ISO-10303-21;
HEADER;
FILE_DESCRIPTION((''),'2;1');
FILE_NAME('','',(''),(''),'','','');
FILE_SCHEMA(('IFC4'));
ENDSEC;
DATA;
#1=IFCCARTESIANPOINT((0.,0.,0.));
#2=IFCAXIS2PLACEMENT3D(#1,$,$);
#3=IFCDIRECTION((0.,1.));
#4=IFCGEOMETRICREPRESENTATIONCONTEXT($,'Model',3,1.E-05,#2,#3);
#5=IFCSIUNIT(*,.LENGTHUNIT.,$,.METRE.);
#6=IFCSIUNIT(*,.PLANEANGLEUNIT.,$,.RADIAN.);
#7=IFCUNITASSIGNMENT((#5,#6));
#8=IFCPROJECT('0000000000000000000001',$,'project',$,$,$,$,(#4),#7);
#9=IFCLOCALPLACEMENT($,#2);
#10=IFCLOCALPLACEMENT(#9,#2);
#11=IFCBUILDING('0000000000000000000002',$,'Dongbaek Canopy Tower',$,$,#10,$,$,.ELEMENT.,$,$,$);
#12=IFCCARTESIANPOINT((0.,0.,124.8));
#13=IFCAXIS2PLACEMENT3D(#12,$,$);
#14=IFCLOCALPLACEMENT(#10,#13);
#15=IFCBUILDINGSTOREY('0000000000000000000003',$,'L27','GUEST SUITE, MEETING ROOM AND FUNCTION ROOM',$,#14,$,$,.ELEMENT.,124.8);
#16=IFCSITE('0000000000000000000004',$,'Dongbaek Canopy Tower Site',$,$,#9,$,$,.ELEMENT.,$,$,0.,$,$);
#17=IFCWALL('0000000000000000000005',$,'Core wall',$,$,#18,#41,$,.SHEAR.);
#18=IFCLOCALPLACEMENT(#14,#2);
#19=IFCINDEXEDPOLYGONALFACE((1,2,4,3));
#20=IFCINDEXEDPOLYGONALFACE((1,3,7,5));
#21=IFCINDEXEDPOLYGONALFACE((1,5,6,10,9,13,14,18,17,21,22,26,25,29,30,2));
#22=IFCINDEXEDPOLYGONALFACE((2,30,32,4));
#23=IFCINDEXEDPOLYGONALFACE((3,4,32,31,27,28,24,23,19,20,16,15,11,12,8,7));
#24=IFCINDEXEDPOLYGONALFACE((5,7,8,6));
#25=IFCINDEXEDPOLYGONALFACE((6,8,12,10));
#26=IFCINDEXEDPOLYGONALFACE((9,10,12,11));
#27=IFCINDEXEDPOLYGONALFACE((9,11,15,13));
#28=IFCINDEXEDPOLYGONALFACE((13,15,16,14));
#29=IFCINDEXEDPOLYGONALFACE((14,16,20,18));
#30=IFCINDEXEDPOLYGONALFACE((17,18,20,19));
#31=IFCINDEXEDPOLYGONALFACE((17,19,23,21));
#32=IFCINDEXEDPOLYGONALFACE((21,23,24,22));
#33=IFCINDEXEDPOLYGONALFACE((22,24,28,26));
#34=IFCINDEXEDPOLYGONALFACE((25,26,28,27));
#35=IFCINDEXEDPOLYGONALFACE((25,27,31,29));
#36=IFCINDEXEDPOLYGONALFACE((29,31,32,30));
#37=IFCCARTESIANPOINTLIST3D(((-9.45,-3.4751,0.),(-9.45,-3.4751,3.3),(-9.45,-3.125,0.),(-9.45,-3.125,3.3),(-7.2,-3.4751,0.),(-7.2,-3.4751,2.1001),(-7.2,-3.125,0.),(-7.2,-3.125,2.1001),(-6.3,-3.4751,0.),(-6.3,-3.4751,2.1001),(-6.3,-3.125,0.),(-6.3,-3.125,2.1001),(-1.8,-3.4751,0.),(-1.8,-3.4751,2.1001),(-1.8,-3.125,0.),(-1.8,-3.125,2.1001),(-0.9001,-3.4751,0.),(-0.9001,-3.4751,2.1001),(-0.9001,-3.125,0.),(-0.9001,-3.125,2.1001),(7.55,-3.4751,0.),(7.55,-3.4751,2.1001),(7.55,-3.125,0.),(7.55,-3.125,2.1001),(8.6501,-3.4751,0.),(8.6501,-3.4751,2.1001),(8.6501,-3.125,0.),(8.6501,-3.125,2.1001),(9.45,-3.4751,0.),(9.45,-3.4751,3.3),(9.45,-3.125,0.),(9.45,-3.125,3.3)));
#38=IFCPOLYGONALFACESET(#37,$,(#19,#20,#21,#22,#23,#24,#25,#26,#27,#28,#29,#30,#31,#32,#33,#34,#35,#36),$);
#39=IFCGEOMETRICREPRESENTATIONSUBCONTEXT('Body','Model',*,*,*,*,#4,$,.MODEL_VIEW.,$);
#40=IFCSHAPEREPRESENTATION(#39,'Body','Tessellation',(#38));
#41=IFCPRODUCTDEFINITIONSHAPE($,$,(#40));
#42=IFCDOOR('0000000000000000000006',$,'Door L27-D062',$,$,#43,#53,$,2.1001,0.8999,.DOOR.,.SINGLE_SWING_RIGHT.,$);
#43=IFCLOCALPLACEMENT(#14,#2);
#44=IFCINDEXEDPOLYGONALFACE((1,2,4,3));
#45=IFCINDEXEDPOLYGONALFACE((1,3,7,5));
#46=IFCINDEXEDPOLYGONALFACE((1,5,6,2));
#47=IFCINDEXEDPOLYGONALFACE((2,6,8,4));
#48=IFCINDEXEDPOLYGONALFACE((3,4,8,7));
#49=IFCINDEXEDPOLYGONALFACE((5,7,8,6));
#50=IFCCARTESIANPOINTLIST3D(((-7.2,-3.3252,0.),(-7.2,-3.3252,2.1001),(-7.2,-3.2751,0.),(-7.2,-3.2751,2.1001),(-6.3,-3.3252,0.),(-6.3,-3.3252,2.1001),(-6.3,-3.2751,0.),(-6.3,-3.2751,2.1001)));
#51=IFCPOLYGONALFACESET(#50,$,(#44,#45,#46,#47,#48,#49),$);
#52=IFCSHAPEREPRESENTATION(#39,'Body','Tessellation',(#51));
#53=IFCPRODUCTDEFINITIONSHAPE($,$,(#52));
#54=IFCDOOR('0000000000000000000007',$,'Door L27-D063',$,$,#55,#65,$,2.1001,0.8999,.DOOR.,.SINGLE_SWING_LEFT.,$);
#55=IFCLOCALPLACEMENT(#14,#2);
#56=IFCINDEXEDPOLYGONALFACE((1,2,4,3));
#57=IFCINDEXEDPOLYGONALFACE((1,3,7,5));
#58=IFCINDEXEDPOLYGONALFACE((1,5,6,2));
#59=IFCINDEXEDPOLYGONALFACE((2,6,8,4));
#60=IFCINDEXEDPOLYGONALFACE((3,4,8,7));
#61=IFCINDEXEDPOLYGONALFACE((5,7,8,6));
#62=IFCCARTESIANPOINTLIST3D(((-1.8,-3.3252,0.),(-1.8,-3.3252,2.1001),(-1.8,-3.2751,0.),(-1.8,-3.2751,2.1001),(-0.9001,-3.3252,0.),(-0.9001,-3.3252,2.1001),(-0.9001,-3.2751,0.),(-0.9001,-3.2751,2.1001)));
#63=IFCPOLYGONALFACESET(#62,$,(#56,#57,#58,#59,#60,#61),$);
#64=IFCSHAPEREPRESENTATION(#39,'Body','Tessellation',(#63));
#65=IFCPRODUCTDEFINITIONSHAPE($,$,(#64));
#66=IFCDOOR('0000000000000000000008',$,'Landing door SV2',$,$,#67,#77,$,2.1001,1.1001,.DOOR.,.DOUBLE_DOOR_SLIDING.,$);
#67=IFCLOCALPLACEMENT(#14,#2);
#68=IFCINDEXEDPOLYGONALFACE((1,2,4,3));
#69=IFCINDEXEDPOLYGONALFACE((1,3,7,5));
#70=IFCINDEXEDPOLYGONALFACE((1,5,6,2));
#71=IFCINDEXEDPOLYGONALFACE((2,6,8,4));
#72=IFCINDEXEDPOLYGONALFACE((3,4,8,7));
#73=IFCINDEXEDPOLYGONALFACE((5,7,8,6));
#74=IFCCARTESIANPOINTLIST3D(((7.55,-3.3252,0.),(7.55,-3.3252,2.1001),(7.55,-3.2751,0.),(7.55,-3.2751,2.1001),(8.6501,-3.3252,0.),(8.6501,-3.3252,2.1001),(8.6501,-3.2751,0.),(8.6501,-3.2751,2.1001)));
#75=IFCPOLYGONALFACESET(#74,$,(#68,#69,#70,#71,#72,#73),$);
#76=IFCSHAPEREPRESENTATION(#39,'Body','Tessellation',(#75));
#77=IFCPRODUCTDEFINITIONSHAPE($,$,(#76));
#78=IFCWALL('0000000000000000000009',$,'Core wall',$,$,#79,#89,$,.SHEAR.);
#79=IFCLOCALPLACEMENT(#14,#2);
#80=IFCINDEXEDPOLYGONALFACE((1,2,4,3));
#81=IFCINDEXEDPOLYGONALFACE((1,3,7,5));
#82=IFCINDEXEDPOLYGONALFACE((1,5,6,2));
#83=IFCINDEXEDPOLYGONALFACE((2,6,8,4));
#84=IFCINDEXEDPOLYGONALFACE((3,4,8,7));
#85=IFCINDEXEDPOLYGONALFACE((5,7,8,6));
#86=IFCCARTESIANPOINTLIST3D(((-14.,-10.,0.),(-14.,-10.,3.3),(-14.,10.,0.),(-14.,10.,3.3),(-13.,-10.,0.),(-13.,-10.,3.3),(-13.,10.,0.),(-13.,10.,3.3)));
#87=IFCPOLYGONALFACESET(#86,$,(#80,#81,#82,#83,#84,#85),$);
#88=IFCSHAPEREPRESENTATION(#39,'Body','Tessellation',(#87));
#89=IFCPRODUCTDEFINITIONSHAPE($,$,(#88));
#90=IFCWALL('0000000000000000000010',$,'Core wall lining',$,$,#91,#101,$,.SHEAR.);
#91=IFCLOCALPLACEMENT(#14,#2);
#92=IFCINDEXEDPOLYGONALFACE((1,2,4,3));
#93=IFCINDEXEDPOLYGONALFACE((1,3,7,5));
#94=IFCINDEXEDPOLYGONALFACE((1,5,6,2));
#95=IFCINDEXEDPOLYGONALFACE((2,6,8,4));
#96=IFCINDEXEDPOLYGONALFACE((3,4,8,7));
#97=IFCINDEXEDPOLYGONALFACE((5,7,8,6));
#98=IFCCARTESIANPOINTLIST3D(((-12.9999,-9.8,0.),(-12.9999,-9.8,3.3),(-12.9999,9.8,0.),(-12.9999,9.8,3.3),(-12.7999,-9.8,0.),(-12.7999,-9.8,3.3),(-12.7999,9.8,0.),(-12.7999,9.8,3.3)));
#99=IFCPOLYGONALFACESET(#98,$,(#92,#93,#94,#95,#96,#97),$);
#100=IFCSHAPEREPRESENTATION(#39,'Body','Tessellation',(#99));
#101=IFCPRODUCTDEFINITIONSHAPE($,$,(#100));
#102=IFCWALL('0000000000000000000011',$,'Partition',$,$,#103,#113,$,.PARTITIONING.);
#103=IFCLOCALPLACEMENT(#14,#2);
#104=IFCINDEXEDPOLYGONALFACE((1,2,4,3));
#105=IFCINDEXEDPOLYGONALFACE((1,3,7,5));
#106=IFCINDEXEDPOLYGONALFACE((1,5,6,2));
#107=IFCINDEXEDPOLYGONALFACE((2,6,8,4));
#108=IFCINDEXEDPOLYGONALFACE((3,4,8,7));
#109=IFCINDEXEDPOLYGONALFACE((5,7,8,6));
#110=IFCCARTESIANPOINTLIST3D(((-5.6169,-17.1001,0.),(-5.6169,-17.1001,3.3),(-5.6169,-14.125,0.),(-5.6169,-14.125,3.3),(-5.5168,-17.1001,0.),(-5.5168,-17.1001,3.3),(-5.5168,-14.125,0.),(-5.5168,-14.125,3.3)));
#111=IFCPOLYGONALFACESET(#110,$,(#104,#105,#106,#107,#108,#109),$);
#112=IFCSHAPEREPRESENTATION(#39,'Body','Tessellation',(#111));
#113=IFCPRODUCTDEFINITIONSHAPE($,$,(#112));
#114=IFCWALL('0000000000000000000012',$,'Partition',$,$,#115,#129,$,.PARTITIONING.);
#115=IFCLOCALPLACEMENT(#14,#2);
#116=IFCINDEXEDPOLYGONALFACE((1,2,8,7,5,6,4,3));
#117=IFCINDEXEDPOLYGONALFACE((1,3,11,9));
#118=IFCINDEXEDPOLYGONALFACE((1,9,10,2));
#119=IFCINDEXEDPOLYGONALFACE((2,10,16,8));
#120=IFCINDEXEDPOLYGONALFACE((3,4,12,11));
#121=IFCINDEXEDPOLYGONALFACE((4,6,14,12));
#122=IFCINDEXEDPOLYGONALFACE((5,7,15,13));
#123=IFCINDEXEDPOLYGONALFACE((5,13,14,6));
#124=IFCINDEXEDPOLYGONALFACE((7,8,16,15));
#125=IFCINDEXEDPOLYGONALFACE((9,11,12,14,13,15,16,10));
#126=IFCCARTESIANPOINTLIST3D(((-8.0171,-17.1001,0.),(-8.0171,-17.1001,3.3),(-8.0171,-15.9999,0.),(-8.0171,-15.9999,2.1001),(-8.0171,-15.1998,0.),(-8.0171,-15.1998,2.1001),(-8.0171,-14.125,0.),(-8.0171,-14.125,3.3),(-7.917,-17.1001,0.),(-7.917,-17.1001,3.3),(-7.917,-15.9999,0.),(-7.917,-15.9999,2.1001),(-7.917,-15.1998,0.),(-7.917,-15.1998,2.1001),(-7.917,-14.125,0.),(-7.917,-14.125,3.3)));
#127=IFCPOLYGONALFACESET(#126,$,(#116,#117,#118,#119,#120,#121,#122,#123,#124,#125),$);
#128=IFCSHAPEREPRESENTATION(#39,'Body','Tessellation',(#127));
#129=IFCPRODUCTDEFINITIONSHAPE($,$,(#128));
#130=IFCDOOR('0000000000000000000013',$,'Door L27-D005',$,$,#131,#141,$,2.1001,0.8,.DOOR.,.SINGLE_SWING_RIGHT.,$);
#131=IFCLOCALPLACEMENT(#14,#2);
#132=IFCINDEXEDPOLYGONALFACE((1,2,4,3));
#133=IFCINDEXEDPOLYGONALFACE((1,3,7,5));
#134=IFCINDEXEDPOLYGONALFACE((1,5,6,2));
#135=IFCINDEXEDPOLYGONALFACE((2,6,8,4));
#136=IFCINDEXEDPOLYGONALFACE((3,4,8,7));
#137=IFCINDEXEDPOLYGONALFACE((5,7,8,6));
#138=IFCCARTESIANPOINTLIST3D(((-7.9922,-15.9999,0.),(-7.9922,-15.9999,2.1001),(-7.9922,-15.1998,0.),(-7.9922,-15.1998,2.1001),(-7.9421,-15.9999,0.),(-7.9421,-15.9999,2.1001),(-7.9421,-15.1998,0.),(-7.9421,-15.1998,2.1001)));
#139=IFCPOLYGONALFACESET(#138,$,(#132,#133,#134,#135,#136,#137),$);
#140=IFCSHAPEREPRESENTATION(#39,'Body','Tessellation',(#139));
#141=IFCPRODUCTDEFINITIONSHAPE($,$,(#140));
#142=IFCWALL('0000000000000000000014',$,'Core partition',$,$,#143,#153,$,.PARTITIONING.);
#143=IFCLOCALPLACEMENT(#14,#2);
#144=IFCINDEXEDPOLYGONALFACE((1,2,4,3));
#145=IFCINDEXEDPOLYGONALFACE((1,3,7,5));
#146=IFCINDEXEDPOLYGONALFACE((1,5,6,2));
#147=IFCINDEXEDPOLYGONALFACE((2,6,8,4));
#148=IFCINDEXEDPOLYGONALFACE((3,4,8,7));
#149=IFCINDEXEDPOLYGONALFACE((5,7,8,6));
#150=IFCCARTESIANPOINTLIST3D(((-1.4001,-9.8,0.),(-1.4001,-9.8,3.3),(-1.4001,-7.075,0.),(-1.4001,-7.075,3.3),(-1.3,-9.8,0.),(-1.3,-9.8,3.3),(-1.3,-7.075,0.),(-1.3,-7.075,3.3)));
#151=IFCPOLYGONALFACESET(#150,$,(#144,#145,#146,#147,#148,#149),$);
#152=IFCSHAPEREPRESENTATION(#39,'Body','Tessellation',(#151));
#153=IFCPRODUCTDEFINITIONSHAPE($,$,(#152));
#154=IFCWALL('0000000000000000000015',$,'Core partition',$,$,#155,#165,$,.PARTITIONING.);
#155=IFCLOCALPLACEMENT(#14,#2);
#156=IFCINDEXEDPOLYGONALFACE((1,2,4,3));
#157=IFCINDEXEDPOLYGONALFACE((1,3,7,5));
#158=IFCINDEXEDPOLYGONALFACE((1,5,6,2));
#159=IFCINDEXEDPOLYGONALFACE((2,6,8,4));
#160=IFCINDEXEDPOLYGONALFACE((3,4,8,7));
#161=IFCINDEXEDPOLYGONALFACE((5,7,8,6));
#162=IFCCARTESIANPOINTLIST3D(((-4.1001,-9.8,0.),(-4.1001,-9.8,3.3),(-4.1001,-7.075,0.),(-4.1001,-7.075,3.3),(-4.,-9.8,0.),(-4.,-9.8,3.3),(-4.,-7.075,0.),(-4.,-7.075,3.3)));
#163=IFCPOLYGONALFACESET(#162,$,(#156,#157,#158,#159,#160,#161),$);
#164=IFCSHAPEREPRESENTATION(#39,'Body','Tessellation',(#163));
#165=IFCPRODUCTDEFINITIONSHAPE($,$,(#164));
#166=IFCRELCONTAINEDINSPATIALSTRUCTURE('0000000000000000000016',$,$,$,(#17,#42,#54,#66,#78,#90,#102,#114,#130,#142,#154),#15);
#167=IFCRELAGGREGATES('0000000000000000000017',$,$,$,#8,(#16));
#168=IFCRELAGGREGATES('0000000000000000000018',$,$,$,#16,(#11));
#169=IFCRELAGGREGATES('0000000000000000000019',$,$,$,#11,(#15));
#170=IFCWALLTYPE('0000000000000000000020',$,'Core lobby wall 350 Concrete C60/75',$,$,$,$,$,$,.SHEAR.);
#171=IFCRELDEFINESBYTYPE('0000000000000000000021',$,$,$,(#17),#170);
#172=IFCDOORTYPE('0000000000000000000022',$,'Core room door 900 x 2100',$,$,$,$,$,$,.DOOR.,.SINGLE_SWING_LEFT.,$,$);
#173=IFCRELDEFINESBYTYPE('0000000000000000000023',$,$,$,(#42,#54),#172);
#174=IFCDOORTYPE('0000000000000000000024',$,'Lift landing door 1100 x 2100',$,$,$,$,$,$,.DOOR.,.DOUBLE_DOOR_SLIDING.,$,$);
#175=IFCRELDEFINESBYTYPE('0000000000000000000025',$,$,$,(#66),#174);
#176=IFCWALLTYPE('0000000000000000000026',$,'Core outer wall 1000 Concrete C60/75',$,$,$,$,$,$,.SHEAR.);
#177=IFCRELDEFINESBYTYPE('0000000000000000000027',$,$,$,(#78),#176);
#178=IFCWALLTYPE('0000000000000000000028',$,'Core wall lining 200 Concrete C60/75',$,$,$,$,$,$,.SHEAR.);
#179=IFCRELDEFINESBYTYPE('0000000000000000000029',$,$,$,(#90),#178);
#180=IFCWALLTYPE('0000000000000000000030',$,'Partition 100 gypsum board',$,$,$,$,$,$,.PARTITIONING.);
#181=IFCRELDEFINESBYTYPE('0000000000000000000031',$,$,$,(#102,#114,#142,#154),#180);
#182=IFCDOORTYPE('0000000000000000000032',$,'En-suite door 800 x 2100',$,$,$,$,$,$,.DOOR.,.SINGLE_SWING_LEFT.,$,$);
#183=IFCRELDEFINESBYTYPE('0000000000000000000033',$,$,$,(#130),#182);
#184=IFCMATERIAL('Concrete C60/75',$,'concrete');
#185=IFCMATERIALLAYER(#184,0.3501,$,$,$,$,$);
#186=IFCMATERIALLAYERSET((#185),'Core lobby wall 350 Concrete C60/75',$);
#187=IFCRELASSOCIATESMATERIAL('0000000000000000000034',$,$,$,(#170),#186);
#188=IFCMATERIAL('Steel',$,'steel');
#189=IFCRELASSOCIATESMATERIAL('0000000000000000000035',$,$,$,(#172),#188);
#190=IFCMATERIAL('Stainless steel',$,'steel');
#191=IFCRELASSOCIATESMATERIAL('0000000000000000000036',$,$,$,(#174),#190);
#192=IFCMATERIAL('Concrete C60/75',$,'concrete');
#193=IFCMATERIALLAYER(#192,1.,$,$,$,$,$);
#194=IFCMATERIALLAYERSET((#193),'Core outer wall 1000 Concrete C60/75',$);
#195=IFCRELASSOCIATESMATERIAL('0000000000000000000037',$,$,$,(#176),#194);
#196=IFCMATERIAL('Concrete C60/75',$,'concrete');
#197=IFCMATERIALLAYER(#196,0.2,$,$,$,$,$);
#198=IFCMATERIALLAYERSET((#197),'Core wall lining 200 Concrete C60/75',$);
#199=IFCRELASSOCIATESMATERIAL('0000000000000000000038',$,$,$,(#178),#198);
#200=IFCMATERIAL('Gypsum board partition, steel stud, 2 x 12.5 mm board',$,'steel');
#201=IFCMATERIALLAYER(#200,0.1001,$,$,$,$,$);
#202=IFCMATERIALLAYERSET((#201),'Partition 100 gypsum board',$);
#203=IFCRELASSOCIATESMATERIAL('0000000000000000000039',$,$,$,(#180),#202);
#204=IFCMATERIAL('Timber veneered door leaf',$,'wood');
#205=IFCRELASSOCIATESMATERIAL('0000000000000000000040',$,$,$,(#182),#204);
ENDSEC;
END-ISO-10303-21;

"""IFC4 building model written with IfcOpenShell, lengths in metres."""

from ifc_helpers import new_model, si_unit, direction, frame, frame_2d, origin, place, context, subcontext, project, spatial, rectangle, extrude, material, layer, layer_set, type_object, element, fill, save


model = new_model("IFC4")

# Units and contexts
model_context = context("Model", 3, precision=1e-05, world=origin(), true_north=direction((0.0, 1.0)))
body_context = subcontext(model_context, "Body", "Model", "MODEL_VIEW")
ifc_project = project(units=[si_unit("LENGTHUNIT", "METRE"), si_unit("PLANEANGLEUNIT", "RADIAN")], contexts=[model_context])

# Site, building, storey
site_placement = place(None, origin())
site = spatial("IfcSite", under=ifc_project, at=site_placement, Name="Dongbaek Canopy Tower Site", CompositionType="ELEMENT", RefElevation=0.0)
building_placement = place(site_placement, origin())
building = spatial("IfcBuilding", under=site, at=building_placement, Name="Dongbaek Canopy Tower", CompositionType="ELEMENT")
storey_placement = place(building_placement, frame((0.0, 0.0, 124.8)))
storey = spatial("IfcBuildingStorey", under=building, at=storey_placement, Name="L27", Description="GUEST SUITE, MEETING ROOM AND FUNCTION ROOM", CompositionType="ELEMENT", Elevation=124.8)

# Wall, openings, doors
ifc_material_1 = material(Name="Concrete C60/75", Category="concrete")
ifc_layer_1 = layer(ifc_material_1, 0.3501)
ifc_layer_set_1 = layer_set([ifc_layer_1], Name="Core lobby wall 350 Concrete C60/75")
wall_type_1 = type_object("IfcWallType", Name="Core lobby wall 350 Concrete C60/75", PredefinedType="SHEAR", material=ifc_layer_set_1)
wall_1_placement = place(storey_placement, frame((-9.45, -3.3, 0.0), z_axis=(0.0, 0.0, 1.0), x_axis=(1.0, 0.0, 0.0)))
wall_1 = element("IfcWall", 1, at=wall_1_placement, inside=storey, type_object=wall_type_1, Name="Core wall", PredefinedType="SHEAR", context=body_context, shape_type="SweptSolid", body=[
    extrude(rectangle(XDim=18.8999, YDim=0.3501, at=frame_2d((9.45, 0.0))), origin(), (0.0, 0.0, 1.0), 3.3),
])
opening_1_placement = place(wall_1_placement, frame((17.0, 0.0, 0.0)))
opening_1 = element("IfcOpeningElement", 2, at=opening_1_placement, cuts=wall_1, PredefinedType="OPENING", context=body_context, shape_type="SweptSolid", body=[
    extrude(rectangle(XDim=1.1001, YDim=2.1001, at=frame_2d((0.55, 1.05))), frame((0.0, 0.1851, 0.0), z_axis=(0.0, -1.0, 0.0), x_axis=(1.0, 0.0, 0.0)), (0.0, 0.0, 1.0), 0.3701),
])
opening_2_placement = place(wall_1_placement, frame((2.25, 0.0, 0.0)))
opening_2 = element("IfcOpeningElement", 3, at=opening_2_placement, cuts=wall_1, PredefinedType="OPENING", context=body_context, shape_type="SweptSolid", body=[
    extrude(rectangle(XDim=0.8999, YDim=2.1001, at=frame_2d((0.45, 1.05))), frame((0.0, 0.1851, 0.0), z_axis=(0.0, -1.0, 0.0), x_axis=(1.0, 0.0, 0.0)), (0.0, 0.0, 1.0), 0.3701),
])
opening_3_placement = place(wall_1_placement, frame((7.6499, 0.0, 0.0)))
opening_3 = element("IfcOpeningElement", 4, at=opening_3_placement, cuts=wall_1, PredefinedType="OPENING", context=body_context, shape_type="SweptSolid", body=[
    extrude(rectangle(XDim=0.8999, YDim=2.1001, at=frame_2d((0.45, 1.05))), frame((0.0, 0.1851, 0.0), z_axis=(0.0, -1.0, 0.0), x_axis=(1.0, 0.0, 0.0)), (0.0, 0.0, 1.0), 0.3701),
])
ifc_material_2 = material(Name="Steel", Category="steel")
door_type_1 = type_object("IfcDoorType", Name="Core room door 900 x 2100", OperationType="SINGLE_SWING_LEFT", PredefinedType="DOOR", material=ifc_material_2)
door_1_placement = place(opening_2_placement, origin())
door_1 = element("IfcDoor", 5, at=door_1_placement, inside=storey, type_object=door_type_1, Name="Door L27-D062", OperationType="SINGLE_SWING_RIGHT", OverallHeight=2.1001, OverallWidth=0.8999, PredefinedType="DOOR", context=body_context, shape_type="SweptSolid", body=[
    extrude(rectangle(XDim=0.8999, YDim=2.1001, at=frame_2d((0.45, 1.05))), frame((0.0, 0.0249, 0.0), z_axis=(0.0, -1.0, 0.0), x_axis=(1.0, 0.0, 0.0)), (0.0, 0.0, 1.0), 0.05),
])
fill(opening_2, door_1)
door_2_placement = place(opening_3_placement, origin())
door_2 = element("IfcDoor", 6, at=door_2_placement, inside=storey, type_object=door_type_1, Name="Door L27-D063", OperationType="SINGLE_SWING_LEFT", OverallHeight=2.1001, OverallWidth=0.8999, PredefinedType="DOOR", context=body_context, shape_type="SweptSolid", body=[
    extrude(rectangle(XDim=0.8999, YDim=2.1001, at=frame_2d((0.45, 1.05))), frame((0.0, 0.0249, 0.0), z_axis=(0.0, -1.0, 0.0), x_axis=(1.0, 0.0, 0.0)), (0.0, 0.0, 1.0), 0.05),
])
fill(opening_3, door_2)
ifc_material_3 = material(Name="Stainless steel", Category="steel")
door_type_2 = type_object("IfcDoorType", Name="Lift landing door 1100 x 2100", OperationType="DOUBLE_DOOR_SLIDING", PredefinedType="DOOR", material=ifc_material_3)
door_3_placement = place(opening_1_placement, origin())
door_3 = element("IfcDoor", 7, at=door_3_placement, inside=storey, type_object=door_type_2, Name="Landing door SV2", OperationType="DOUBLE_DOOR_SLIDING", OverallHeight=2.1001, OverallWidth=1.1001, PredefinedType="DOOR", context=body_context, shape_type="SweptSolid", body=[
    extrude(rectangle(XDim=1.1001, YDim=2.1001, at=frame_2d((0.55, 1.05))), frame((0.0, 0.0249, 0.0), z_axis=(0.0, -1.0, 0.0), x_axis=(1.0, 0.0, 0.0)), (0.0, 0.0, 1.0), 0.05),
])
fill(opening_1, door_3)

# Walls
ifc_material_4 = material(Name="Concrete C60/75", Category="concrete")
ifc_layer_2 = layer(ifc_material_4, 1.0)
ifc_layer_set_2 = layer_set([ifc_layer_2], Name="Core outer wall 1000 Concrete C60/75")
wall_type_2 = type_object("IfcWallType", Name="Core outer wall 1000 Concrete C60/75", PredefinedType="SHEAR", material=ifc_layer_set_2)
wall_2_placement = place(storey_placement, frame((-13.5, -10.0, 0.0), z_axis=(0.0, 0.0, 1.0), x_axis=(0.0, 1.0, 0.0)))
element("IfcWall", 8, at=wall_2_placement, inside=storey, type_object=wall_type_2, Name="Core wall", PredefinedType="SHEAR", context=body_context, shape_type="SweptSolid", body=[
    extrude(rectangle(XDim=20.0, YDim=1.0, at=frame_2d((10.0, 0.0))), origin(), (0.0, 0.0, 1.0), 3.3),
])
ifc_material_5 = material(Name="Concrete C60/75", Category="concrete")
ifc_layer_3 = layer(ifc_material_5, 0.2)
ifc_layer_set_3 = layer_set([ifc_layer_3], Name="Core wall lining 200 Concrete C60/75")
wall_type_3 = type_object("IfcWallType", Name="Core wall lining 200 Concrete C60/75", PredefinedType="SHEAR", material=ifc_layer_set_3)
wall_3_placement = place(storey_placement, frame((-12.8999, -9.8, 0.0), z_axis=(0.0, 0.0, 1.0), x_axis=(0.0, 1.0, 0.0)))
element("IfcWall", 9, at=wall_3_placement, inside=storey, type_object=wall_type_3, Name="Core wall lining", PredefinedType="SHEAR", context=body_context, shape_type="SweptSolid", body=[
    extrude(rectangle(XDim=19.6001, YDim=0.2, at=frame_2d((9.8, 0.0))), origin(), (0.0, 0.0, 1.0), 3.3),
])
ifc_material_6 = material(Name="Gypsum board partition, steel stud, 2 x 12.5 mm board", Category="steel")
ifc_layer_4 = layer(ifc_material_6, 0.1001)
ifc_layer_set_4 = layer_set([ifc_layer_4], Name="Partition 100 gypsum board")
wall_type_4 = type_object("IfcWallType", Name="Partition 100 gypsum board", PredefinedType="PARTITIONING", material=ifc_layer_set_4)
wall_4_placement = place(storey_placement, frame((-5.5669, -17.1001, 0.0), z_axis=(0.0, 0.0, 1.0), x_axis=(0.0, 1.0, 0.0)))
element("IfcWall", 10, at=wall_4_placement, inside=storey, type_object=wall_type_4, Name="Partition", PredefinedType="PARTITIONING", context=body_context, shape_type="SweptSolid", body=[
    extrude(rectangle(XDim=2.9751, YDim=0.1001, at=frame_2d((1.4875, 0.0))), origin(), (0.0, 0.0, 1.0), 3.3),
])

# Wall, opening, door
wall_5_placement = place(storey_placement, frame((-7.967, -14.125, 0.0), z_axis=(0.0, 0.0, 1.0), x_axis=(0.0, -1.0, 0.0)))
wall_5 = element("IfcWall", 11, at=wall_5_placement, inside=storey, type_object=wall_type_4, Name="Partition", PredefinedType="PARTITIONING", context=body_context, shape_type="SweptSolid", body=[
    extrude(rectangle(XDim=2.9751, YDim=0.1001, at=frame_2d((1.4875, 0.0))), origin(), (0.0, 0.0, 1.0), 3.3),
])
opening_4_placement = place(wall_5_placement, frame((1.075, 0.0, 0.0)))
opening_4 = element("IfcOpeningElement", 12, at=opening_4_placement, cuts=wall_5, PredefinedType="OPENING", context=body_context, shape_type="SweptSolid", body=[
    extrude(rectangle(XDim=0.8, YDim=2.1001, at=frame_2d((0.3999, 1.05))), frame((0.0, 0.0601, 0.0), z_axis=(0.0, -1.0, 0.0), x_axis=(1.0, 0.0, 0.0)), (0.0, 0.0, 1.0), 0.1201),
])
ifc_material_7 = material(Name="Timber veneered door leaf", Category="wood")
door_type_3 = type_object("IfcDoorType", Name="En-suite door 800 x 2100", OperationType="SINGLE_SWING_LEFT", PredefinedType="DOOR", material=ifc_material_7)
door_4_placement = place(opening_4_placement, origin())
door_4 = element("IfcDoor", 13, at=door_4_placement, inside=storey, type_object=door_type_3, Name="Door L27-D005", OperationType="SINGLE_SWING_RIGHT", OverallHeight=2.1001, OverallWidth=0.8, PredefinedType="DOOR", context=body_context, shape_type="SweptSolid", body=[
    extrude(rectangle(XDim=0.8, YDim=2.1001, at=frame_2d((0.3999, 1.05))), frame((0.0, 0.0249, 0.0), z_axis=(0.0, -1.0, 0.0), x_axis=(1.0, 0.0, 0.0)), (0.0, 0.0, 1.0), 0.05),
])
fill(opening_4, door_4)

# Walls
for number, where, z_axis, x_axis, name in (
    (14, (-1.3501, -9.8, 0.0), (0.0, 0.0, 1.0), (0.0, 1.0, 0.0), "Core partition"),
    (15, (-4.05, -9.8, 0.0), (0.0, 0.0, 1.0), (0.0, 1.0, 0.0), "Core partition"),
):
    element("IfcWall", number, at=place(storey_placement, frame(where, z_axis=z_axis, x_axis=x_axis)), inside=storey, type_object=wall_type_4, Name=name, PredefinedType="PARTITIONING", context=body_context, shape_type="SweptSolid", body=[
        extrude(rectangle(XDim=2.7251, YDim=0.1001, at=frame_2d((1.3625, 0.0))), origin(), (0.0, 0.0, 1.0), 3.3),
    ])

save(model, "model.ifc")
